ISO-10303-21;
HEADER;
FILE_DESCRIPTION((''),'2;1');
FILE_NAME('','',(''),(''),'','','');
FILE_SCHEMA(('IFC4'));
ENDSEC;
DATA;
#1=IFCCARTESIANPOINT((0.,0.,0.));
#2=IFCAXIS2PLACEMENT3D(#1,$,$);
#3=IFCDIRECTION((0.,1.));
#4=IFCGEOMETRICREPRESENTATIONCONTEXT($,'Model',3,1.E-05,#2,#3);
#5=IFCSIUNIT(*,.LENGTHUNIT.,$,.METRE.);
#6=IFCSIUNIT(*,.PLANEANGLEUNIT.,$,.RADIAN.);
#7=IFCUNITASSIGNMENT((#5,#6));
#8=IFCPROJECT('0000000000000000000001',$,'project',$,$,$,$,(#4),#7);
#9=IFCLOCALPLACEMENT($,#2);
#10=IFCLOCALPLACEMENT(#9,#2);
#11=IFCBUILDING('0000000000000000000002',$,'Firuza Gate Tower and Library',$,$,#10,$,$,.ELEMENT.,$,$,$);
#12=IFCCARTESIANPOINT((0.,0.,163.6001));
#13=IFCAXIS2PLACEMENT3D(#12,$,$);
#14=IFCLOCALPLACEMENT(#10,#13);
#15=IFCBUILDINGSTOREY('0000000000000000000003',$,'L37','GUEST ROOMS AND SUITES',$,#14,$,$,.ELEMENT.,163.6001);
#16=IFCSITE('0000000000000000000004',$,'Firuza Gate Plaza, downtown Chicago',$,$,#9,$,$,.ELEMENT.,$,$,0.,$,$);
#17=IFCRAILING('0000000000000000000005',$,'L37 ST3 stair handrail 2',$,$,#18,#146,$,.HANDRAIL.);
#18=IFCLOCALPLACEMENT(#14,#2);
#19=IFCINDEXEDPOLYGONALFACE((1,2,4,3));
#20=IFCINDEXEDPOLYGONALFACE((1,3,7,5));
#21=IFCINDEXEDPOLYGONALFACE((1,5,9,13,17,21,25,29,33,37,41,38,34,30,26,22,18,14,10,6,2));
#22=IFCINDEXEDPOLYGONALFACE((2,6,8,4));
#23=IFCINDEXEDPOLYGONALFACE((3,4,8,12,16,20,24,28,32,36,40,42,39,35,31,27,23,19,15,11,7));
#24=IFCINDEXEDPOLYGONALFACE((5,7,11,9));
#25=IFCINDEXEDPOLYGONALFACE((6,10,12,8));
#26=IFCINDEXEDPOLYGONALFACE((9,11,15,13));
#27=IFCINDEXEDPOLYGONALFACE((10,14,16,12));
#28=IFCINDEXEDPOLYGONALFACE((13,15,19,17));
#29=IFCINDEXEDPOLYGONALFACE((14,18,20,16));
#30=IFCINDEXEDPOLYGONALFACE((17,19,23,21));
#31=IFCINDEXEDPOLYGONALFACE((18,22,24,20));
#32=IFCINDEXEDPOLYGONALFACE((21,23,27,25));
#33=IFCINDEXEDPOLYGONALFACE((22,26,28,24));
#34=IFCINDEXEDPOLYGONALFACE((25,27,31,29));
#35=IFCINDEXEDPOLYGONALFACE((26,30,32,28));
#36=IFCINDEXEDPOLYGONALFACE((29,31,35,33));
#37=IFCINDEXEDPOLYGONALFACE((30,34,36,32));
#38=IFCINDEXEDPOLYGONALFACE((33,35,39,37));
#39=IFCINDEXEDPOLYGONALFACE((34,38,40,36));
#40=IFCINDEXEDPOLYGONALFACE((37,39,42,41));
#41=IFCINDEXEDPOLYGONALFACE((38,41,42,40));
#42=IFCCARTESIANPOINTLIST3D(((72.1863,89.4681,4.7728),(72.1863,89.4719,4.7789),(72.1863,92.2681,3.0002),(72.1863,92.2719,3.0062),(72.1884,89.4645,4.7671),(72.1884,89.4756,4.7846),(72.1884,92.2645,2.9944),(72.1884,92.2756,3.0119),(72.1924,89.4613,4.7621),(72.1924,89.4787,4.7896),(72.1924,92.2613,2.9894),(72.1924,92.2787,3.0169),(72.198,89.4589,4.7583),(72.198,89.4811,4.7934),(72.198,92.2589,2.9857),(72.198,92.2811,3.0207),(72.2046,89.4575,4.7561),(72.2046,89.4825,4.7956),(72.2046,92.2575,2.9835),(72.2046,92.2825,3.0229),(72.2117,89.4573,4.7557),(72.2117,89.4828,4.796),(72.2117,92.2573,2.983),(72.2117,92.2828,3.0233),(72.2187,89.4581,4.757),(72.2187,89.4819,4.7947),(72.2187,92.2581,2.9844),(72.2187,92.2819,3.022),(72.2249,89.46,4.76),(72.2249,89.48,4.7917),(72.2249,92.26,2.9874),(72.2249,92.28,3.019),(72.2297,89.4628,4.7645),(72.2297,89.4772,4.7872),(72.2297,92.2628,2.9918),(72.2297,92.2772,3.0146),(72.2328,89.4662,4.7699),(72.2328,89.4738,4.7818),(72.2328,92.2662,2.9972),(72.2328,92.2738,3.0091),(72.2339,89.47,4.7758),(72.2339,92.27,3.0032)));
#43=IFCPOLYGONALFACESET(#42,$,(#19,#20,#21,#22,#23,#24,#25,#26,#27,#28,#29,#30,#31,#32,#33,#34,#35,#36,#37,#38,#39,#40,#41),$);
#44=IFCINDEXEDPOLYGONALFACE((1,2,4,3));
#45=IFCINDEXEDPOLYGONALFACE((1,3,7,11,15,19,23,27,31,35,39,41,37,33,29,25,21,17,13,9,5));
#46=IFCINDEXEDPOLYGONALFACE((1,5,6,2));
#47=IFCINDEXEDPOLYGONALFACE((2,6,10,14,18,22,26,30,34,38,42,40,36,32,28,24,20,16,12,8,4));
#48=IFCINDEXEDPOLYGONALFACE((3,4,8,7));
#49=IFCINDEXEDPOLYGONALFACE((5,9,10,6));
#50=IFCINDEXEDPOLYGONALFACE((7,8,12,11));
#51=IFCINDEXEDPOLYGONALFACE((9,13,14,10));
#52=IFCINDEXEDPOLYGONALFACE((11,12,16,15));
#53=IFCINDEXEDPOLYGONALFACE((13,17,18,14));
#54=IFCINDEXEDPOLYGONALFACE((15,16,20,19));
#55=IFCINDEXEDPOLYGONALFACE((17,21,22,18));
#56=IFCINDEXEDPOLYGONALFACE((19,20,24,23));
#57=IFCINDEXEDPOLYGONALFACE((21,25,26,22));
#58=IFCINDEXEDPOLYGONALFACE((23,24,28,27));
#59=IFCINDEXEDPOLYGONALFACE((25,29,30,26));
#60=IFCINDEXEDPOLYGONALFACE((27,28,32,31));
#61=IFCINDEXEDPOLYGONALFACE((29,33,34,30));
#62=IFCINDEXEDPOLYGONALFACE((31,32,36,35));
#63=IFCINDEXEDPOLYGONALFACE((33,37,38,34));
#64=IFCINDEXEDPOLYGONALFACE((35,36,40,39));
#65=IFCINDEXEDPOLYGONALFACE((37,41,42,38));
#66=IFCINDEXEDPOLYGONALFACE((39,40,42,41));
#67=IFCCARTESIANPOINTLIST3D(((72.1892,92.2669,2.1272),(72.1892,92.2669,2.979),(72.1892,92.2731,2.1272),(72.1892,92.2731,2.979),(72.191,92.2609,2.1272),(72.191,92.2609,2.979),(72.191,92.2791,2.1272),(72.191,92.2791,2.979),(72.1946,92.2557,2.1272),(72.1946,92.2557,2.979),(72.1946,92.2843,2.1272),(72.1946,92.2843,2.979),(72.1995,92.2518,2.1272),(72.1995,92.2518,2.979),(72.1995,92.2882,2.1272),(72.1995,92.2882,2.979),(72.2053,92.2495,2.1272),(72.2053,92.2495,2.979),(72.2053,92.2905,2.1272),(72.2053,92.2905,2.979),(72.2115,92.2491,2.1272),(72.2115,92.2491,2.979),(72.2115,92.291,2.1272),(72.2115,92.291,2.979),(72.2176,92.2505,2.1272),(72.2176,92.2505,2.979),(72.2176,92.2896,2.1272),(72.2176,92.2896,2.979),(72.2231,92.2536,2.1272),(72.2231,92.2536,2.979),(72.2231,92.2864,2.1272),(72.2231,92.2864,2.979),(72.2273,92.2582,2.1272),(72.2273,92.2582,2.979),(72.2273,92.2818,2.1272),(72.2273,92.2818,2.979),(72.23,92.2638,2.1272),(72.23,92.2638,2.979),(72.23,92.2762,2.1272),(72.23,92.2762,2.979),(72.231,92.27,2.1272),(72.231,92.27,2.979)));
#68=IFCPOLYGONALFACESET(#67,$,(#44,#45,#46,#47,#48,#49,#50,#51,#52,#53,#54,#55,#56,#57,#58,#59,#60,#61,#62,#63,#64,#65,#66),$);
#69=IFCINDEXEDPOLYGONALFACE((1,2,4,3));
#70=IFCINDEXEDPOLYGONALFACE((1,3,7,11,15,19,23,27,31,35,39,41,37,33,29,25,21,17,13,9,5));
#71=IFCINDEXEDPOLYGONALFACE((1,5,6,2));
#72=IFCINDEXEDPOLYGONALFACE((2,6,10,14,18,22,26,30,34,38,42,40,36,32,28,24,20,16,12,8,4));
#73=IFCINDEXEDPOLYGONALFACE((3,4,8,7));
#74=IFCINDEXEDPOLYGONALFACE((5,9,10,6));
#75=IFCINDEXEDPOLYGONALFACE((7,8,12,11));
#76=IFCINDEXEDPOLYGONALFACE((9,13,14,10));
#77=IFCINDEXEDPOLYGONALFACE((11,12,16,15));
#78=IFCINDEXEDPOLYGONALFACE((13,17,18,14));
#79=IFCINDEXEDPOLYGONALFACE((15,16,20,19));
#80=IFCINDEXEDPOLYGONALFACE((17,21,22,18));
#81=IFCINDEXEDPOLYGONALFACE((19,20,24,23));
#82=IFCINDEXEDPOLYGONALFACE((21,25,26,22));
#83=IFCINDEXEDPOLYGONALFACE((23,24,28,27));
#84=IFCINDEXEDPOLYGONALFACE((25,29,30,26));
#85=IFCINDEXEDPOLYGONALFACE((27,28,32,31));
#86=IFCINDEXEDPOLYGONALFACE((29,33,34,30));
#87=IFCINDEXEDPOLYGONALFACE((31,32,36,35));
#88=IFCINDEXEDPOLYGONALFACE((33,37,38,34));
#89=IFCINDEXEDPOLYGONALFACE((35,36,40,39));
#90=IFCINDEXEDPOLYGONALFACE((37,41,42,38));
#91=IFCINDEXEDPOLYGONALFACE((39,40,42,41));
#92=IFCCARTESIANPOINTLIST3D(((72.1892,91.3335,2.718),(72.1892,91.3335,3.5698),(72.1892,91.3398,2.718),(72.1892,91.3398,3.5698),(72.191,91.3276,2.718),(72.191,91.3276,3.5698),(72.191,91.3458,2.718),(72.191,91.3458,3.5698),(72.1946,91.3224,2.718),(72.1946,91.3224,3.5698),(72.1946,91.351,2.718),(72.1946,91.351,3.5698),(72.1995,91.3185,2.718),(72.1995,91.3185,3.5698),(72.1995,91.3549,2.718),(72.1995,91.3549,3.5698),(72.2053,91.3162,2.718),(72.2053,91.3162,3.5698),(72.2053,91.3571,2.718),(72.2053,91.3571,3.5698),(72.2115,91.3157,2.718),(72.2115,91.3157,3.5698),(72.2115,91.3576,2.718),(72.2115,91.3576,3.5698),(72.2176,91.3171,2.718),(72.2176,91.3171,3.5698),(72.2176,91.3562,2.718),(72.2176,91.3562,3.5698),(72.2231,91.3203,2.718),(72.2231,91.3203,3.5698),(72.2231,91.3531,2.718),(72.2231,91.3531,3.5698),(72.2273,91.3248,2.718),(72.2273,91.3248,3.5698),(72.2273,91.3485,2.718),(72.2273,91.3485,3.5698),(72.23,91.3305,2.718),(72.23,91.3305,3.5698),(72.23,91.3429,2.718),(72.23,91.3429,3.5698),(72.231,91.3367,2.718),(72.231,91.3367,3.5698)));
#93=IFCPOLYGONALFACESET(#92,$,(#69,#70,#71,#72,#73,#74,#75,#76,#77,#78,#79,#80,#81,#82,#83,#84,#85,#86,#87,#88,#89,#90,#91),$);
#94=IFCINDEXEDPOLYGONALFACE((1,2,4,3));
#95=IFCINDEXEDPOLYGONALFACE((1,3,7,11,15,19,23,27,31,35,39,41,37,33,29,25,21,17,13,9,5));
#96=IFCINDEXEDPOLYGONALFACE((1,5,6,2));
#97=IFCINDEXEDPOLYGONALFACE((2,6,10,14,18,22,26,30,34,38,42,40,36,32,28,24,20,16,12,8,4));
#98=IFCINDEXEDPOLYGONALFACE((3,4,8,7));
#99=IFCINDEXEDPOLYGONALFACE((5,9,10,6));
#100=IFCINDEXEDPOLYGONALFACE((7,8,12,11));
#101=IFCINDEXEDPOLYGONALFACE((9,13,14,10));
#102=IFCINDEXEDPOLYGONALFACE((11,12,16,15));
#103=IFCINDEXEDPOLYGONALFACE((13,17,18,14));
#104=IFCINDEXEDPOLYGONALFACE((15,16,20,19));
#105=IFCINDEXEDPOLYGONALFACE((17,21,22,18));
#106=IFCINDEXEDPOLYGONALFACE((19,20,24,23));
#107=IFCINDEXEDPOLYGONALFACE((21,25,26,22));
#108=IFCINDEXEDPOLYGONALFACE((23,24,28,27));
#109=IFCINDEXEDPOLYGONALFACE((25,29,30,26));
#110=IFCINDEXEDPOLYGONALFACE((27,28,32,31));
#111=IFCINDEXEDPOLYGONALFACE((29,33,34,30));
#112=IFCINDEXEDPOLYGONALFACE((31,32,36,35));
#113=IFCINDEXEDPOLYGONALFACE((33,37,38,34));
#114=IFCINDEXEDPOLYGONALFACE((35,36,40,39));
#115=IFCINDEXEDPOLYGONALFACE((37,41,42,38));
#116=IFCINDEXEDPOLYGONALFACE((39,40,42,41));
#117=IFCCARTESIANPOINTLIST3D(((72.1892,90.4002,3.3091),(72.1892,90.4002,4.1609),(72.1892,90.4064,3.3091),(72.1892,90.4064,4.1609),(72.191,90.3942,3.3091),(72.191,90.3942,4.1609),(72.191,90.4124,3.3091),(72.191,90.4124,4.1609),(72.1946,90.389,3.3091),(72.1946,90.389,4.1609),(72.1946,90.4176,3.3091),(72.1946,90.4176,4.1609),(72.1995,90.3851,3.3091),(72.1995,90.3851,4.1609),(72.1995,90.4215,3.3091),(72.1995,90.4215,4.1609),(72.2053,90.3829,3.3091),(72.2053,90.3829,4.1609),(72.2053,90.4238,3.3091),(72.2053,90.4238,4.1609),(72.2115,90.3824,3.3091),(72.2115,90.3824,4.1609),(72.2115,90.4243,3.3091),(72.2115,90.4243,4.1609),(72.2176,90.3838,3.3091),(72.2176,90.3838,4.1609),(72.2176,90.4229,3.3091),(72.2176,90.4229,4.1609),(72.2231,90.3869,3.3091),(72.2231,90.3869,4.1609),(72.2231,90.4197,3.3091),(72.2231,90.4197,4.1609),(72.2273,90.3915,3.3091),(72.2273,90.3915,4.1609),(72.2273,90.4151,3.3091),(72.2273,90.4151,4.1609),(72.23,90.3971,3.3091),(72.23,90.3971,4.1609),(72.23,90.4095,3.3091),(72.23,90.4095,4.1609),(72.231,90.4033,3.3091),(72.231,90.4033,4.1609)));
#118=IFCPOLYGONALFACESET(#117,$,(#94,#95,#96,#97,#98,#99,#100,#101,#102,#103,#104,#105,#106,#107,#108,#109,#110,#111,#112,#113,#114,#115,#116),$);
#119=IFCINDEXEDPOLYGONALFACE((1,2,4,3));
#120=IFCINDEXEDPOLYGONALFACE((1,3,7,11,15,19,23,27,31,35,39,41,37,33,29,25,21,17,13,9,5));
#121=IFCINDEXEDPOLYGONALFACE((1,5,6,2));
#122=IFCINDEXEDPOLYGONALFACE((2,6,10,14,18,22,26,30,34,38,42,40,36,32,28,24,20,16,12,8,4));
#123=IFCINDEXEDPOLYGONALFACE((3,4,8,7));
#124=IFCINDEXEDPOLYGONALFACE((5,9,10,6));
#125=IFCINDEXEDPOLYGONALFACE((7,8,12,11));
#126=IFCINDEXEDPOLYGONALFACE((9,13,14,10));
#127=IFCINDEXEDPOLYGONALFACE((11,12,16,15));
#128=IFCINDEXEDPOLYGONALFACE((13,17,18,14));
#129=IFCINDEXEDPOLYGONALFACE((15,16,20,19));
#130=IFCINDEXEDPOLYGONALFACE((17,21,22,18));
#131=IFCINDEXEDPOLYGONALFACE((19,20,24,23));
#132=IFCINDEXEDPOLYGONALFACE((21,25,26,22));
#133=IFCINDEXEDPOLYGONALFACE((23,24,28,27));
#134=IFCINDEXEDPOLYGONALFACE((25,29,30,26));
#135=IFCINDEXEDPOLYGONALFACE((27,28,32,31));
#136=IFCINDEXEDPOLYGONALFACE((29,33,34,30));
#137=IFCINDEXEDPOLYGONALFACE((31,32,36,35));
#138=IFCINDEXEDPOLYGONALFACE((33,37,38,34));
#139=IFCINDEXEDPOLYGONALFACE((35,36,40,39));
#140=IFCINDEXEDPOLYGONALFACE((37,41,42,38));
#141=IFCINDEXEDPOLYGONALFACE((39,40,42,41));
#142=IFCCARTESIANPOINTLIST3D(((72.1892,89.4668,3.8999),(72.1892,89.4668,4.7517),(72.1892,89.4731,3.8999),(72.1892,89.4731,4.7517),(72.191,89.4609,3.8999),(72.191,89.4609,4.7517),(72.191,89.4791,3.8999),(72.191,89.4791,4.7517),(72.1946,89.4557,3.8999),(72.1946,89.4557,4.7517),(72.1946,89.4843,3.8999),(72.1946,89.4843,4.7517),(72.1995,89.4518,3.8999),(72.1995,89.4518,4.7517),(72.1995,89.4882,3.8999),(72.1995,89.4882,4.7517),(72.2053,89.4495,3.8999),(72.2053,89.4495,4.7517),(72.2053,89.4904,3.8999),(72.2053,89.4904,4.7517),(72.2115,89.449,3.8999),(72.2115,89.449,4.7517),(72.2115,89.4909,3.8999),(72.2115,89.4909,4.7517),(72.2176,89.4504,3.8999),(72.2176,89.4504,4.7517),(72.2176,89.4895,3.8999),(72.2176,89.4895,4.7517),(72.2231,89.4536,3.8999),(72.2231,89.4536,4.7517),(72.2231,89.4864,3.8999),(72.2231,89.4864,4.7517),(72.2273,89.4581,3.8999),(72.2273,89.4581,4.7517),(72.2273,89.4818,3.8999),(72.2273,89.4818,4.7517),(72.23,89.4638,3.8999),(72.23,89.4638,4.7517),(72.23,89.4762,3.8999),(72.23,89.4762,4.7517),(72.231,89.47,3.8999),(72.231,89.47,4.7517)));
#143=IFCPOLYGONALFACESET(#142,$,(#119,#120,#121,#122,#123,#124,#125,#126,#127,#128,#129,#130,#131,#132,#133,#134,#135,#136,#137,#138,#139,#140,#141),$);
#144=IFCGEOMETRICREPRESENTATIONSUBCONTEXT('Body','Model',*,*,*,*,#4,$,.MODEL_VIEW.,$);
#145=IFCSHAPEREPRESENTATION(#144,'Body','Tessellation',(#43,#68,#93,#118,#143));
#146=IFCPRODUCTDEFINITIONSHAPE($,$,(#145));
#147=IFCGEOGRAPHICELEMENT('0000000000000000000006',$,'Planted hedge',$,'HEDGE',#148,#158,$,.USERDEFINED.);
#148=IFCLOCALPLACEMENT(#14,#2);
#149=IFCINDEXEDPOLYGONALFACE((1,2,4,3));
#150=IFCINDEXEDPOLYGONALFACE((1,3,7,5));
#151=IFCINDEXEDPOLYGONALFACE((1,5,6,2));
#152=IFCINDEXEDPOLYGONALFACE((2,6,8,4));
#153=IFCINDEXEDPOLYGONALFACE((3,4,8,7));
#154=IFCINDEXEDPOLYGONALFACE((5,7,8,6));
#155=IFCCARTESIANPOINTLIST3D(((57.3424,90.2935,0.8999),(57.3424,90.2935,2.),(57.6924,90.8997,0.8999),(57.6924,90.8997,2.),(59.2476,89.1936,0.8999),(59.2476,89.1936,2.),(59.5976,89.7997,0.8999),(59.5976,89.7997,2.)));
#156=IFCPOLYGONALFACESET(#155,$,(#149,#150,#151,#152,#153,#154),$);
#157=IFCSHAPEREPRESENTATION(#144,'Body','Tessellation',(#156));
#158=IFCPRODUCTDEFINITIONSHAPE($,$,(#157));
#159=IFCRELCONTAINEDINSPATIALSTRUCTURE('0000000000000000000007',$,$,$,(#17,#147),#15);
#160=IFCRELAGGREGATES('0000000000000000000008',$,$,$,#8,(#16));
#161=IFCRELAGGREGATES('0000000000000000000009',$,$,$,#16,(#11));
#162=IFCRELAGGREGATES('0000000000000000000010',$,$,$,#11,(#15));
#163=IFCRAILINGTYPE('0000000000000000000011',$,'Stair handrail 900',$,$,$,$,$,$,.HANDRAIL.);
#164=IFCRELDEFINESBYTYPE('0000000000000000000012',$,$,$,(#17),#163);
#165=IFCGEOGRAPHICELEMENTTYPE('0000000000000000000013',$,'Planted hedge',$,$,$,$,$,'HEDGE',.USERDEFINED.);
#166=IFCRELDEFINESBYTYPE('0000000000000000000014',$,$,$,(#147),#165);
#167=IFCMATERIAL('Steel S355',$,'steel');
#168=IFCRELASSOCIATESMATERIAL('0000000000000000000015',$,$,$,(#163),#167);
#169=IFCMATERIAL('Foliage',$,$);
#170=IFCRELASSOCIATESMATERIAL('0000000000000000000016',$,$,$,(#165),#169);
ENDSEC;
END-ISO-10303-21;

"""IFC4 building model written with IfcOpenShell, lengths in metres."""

from ifc_helpers import new_model, si_unit, direction, frame, origin, origin_2d, place, context, subcontext, project, spatial, rectangle, circle, extrude, material, type_object, element, save


model = new_model("IFC4")

# Units and contexts
model_context = context("Model", 3, precision=1e-05, world=origin(), true_north=direction((0.0, 1.0)))
body_context = subcontext(model_context, "Body", "Model", "MODEL_VIEW")
ifc_project = project(units=[si_unit("LENGTHUNIT", "METRE"), si_unit("PLANEANGLEUNIT", "RADIAN")], contexts=[model_context])

# Site, building, storey
site_placement = place(None, origin())
site = spatial("IfcSite", under=ifc_project, at=site_placement, Name="Firuza Gate Plaza, downtown Chicago", CompositionType="ELEMENT", RefElevation=0.0)
building_placement = place(site_placement, origin())
building = spatial("IfcBuilding", under=site, at=building_placement, Name="Firuza Gate Tower and Library", CompositionType="ELEMENT")
storey_placement = place(building_placement, frame((0.0, 0.0, 163.6001)))
storey = spatial("IfcBuildingStorey", under=building, at=storey_placement, Name="L37", Description="GUEST ROOMS AND SUITES", CompositionType="ELEMENT", Elevation=163.6001)

# Railing
ifc_material_1 = material(Name="Steel S355", Category="steel")
railing_type_1 = type_object("IfcRailingType", Name="Stair handrail 900", PredefinedType="HANDRAIL", material=ifc_material_1)
railing_1_placement = place(storey_placement, frame((72.21, 92.27, 2.1272)))
element("IfcRailing", 1, at=railing_1_placement, inside=storey, type_object=railing_type_1, Name="L37 ST3 stair handrail 2", PredefinedType="HANDRAIL", context=body_context, shape_type="SweptSolid", body=[
    extrude(circle(Radius=0.0239, at=origin_2d()), frame((0.0, 0.0, 0.876), z_axis=(0.0, -0.844909, 0.53491), x_axis=(1.0, 0.0, 0.0)), (0.0, 0.0, 1.0), 3.314),
    extrude(circle(Radius=0.021, at=origin_2d()), origin(), (0.0, 0.0, 1.0), 0.8518),
    extrude(circle(Radius=0.021, at=origin_2d()), frame((0.0, -0.9333, 0.5908)), (0.0, 0.0, 1.0), 0.8518),
    extrude(circle(Radius=0.021, at=origin_2d()), frame((0.0, -1.8667, 1.1819)), (0.0, 0.0, 1.0), 0.8518),
    extrude(circle(Radius=0.021, at=origin_2d()), frame((0.0, -2.8, 1.7727)), (0.0, 0.0, 1.0), 0.8518),
])

# Geographic element
ifc_material_2 = material(Name="Foliage")
geographic_element_type = type_object("IfcGeographicElementType", Name="Planted hedge", ElementType="HEDGE", PredefinedType="USERDEFINED", material=ifc_material_2)
geographic_element_placement = place(storey_placement, frame((58.47, 90.0466, 0.8999), z_axis=(0.0, 0.0, 1.0), x_axis=(-0.866025, 0.5, 0.0)))
element("IfcGeographicElement", 2, at=geographic_element_placement, inside=storey, type_object=geographic_element_type, Name="Planted hedge", ObjectType="HEDGE", PredefinedType="USERDEFINED", context=body_context, shape_type="SweptSolid", body=[
    extrude(rectangle(XDim=2.2, YDim=0.7, at=origin_2d()), origin(), (0.0, 0.0, 1.0), 1.1001),
])

save(model, "model.ifc")
